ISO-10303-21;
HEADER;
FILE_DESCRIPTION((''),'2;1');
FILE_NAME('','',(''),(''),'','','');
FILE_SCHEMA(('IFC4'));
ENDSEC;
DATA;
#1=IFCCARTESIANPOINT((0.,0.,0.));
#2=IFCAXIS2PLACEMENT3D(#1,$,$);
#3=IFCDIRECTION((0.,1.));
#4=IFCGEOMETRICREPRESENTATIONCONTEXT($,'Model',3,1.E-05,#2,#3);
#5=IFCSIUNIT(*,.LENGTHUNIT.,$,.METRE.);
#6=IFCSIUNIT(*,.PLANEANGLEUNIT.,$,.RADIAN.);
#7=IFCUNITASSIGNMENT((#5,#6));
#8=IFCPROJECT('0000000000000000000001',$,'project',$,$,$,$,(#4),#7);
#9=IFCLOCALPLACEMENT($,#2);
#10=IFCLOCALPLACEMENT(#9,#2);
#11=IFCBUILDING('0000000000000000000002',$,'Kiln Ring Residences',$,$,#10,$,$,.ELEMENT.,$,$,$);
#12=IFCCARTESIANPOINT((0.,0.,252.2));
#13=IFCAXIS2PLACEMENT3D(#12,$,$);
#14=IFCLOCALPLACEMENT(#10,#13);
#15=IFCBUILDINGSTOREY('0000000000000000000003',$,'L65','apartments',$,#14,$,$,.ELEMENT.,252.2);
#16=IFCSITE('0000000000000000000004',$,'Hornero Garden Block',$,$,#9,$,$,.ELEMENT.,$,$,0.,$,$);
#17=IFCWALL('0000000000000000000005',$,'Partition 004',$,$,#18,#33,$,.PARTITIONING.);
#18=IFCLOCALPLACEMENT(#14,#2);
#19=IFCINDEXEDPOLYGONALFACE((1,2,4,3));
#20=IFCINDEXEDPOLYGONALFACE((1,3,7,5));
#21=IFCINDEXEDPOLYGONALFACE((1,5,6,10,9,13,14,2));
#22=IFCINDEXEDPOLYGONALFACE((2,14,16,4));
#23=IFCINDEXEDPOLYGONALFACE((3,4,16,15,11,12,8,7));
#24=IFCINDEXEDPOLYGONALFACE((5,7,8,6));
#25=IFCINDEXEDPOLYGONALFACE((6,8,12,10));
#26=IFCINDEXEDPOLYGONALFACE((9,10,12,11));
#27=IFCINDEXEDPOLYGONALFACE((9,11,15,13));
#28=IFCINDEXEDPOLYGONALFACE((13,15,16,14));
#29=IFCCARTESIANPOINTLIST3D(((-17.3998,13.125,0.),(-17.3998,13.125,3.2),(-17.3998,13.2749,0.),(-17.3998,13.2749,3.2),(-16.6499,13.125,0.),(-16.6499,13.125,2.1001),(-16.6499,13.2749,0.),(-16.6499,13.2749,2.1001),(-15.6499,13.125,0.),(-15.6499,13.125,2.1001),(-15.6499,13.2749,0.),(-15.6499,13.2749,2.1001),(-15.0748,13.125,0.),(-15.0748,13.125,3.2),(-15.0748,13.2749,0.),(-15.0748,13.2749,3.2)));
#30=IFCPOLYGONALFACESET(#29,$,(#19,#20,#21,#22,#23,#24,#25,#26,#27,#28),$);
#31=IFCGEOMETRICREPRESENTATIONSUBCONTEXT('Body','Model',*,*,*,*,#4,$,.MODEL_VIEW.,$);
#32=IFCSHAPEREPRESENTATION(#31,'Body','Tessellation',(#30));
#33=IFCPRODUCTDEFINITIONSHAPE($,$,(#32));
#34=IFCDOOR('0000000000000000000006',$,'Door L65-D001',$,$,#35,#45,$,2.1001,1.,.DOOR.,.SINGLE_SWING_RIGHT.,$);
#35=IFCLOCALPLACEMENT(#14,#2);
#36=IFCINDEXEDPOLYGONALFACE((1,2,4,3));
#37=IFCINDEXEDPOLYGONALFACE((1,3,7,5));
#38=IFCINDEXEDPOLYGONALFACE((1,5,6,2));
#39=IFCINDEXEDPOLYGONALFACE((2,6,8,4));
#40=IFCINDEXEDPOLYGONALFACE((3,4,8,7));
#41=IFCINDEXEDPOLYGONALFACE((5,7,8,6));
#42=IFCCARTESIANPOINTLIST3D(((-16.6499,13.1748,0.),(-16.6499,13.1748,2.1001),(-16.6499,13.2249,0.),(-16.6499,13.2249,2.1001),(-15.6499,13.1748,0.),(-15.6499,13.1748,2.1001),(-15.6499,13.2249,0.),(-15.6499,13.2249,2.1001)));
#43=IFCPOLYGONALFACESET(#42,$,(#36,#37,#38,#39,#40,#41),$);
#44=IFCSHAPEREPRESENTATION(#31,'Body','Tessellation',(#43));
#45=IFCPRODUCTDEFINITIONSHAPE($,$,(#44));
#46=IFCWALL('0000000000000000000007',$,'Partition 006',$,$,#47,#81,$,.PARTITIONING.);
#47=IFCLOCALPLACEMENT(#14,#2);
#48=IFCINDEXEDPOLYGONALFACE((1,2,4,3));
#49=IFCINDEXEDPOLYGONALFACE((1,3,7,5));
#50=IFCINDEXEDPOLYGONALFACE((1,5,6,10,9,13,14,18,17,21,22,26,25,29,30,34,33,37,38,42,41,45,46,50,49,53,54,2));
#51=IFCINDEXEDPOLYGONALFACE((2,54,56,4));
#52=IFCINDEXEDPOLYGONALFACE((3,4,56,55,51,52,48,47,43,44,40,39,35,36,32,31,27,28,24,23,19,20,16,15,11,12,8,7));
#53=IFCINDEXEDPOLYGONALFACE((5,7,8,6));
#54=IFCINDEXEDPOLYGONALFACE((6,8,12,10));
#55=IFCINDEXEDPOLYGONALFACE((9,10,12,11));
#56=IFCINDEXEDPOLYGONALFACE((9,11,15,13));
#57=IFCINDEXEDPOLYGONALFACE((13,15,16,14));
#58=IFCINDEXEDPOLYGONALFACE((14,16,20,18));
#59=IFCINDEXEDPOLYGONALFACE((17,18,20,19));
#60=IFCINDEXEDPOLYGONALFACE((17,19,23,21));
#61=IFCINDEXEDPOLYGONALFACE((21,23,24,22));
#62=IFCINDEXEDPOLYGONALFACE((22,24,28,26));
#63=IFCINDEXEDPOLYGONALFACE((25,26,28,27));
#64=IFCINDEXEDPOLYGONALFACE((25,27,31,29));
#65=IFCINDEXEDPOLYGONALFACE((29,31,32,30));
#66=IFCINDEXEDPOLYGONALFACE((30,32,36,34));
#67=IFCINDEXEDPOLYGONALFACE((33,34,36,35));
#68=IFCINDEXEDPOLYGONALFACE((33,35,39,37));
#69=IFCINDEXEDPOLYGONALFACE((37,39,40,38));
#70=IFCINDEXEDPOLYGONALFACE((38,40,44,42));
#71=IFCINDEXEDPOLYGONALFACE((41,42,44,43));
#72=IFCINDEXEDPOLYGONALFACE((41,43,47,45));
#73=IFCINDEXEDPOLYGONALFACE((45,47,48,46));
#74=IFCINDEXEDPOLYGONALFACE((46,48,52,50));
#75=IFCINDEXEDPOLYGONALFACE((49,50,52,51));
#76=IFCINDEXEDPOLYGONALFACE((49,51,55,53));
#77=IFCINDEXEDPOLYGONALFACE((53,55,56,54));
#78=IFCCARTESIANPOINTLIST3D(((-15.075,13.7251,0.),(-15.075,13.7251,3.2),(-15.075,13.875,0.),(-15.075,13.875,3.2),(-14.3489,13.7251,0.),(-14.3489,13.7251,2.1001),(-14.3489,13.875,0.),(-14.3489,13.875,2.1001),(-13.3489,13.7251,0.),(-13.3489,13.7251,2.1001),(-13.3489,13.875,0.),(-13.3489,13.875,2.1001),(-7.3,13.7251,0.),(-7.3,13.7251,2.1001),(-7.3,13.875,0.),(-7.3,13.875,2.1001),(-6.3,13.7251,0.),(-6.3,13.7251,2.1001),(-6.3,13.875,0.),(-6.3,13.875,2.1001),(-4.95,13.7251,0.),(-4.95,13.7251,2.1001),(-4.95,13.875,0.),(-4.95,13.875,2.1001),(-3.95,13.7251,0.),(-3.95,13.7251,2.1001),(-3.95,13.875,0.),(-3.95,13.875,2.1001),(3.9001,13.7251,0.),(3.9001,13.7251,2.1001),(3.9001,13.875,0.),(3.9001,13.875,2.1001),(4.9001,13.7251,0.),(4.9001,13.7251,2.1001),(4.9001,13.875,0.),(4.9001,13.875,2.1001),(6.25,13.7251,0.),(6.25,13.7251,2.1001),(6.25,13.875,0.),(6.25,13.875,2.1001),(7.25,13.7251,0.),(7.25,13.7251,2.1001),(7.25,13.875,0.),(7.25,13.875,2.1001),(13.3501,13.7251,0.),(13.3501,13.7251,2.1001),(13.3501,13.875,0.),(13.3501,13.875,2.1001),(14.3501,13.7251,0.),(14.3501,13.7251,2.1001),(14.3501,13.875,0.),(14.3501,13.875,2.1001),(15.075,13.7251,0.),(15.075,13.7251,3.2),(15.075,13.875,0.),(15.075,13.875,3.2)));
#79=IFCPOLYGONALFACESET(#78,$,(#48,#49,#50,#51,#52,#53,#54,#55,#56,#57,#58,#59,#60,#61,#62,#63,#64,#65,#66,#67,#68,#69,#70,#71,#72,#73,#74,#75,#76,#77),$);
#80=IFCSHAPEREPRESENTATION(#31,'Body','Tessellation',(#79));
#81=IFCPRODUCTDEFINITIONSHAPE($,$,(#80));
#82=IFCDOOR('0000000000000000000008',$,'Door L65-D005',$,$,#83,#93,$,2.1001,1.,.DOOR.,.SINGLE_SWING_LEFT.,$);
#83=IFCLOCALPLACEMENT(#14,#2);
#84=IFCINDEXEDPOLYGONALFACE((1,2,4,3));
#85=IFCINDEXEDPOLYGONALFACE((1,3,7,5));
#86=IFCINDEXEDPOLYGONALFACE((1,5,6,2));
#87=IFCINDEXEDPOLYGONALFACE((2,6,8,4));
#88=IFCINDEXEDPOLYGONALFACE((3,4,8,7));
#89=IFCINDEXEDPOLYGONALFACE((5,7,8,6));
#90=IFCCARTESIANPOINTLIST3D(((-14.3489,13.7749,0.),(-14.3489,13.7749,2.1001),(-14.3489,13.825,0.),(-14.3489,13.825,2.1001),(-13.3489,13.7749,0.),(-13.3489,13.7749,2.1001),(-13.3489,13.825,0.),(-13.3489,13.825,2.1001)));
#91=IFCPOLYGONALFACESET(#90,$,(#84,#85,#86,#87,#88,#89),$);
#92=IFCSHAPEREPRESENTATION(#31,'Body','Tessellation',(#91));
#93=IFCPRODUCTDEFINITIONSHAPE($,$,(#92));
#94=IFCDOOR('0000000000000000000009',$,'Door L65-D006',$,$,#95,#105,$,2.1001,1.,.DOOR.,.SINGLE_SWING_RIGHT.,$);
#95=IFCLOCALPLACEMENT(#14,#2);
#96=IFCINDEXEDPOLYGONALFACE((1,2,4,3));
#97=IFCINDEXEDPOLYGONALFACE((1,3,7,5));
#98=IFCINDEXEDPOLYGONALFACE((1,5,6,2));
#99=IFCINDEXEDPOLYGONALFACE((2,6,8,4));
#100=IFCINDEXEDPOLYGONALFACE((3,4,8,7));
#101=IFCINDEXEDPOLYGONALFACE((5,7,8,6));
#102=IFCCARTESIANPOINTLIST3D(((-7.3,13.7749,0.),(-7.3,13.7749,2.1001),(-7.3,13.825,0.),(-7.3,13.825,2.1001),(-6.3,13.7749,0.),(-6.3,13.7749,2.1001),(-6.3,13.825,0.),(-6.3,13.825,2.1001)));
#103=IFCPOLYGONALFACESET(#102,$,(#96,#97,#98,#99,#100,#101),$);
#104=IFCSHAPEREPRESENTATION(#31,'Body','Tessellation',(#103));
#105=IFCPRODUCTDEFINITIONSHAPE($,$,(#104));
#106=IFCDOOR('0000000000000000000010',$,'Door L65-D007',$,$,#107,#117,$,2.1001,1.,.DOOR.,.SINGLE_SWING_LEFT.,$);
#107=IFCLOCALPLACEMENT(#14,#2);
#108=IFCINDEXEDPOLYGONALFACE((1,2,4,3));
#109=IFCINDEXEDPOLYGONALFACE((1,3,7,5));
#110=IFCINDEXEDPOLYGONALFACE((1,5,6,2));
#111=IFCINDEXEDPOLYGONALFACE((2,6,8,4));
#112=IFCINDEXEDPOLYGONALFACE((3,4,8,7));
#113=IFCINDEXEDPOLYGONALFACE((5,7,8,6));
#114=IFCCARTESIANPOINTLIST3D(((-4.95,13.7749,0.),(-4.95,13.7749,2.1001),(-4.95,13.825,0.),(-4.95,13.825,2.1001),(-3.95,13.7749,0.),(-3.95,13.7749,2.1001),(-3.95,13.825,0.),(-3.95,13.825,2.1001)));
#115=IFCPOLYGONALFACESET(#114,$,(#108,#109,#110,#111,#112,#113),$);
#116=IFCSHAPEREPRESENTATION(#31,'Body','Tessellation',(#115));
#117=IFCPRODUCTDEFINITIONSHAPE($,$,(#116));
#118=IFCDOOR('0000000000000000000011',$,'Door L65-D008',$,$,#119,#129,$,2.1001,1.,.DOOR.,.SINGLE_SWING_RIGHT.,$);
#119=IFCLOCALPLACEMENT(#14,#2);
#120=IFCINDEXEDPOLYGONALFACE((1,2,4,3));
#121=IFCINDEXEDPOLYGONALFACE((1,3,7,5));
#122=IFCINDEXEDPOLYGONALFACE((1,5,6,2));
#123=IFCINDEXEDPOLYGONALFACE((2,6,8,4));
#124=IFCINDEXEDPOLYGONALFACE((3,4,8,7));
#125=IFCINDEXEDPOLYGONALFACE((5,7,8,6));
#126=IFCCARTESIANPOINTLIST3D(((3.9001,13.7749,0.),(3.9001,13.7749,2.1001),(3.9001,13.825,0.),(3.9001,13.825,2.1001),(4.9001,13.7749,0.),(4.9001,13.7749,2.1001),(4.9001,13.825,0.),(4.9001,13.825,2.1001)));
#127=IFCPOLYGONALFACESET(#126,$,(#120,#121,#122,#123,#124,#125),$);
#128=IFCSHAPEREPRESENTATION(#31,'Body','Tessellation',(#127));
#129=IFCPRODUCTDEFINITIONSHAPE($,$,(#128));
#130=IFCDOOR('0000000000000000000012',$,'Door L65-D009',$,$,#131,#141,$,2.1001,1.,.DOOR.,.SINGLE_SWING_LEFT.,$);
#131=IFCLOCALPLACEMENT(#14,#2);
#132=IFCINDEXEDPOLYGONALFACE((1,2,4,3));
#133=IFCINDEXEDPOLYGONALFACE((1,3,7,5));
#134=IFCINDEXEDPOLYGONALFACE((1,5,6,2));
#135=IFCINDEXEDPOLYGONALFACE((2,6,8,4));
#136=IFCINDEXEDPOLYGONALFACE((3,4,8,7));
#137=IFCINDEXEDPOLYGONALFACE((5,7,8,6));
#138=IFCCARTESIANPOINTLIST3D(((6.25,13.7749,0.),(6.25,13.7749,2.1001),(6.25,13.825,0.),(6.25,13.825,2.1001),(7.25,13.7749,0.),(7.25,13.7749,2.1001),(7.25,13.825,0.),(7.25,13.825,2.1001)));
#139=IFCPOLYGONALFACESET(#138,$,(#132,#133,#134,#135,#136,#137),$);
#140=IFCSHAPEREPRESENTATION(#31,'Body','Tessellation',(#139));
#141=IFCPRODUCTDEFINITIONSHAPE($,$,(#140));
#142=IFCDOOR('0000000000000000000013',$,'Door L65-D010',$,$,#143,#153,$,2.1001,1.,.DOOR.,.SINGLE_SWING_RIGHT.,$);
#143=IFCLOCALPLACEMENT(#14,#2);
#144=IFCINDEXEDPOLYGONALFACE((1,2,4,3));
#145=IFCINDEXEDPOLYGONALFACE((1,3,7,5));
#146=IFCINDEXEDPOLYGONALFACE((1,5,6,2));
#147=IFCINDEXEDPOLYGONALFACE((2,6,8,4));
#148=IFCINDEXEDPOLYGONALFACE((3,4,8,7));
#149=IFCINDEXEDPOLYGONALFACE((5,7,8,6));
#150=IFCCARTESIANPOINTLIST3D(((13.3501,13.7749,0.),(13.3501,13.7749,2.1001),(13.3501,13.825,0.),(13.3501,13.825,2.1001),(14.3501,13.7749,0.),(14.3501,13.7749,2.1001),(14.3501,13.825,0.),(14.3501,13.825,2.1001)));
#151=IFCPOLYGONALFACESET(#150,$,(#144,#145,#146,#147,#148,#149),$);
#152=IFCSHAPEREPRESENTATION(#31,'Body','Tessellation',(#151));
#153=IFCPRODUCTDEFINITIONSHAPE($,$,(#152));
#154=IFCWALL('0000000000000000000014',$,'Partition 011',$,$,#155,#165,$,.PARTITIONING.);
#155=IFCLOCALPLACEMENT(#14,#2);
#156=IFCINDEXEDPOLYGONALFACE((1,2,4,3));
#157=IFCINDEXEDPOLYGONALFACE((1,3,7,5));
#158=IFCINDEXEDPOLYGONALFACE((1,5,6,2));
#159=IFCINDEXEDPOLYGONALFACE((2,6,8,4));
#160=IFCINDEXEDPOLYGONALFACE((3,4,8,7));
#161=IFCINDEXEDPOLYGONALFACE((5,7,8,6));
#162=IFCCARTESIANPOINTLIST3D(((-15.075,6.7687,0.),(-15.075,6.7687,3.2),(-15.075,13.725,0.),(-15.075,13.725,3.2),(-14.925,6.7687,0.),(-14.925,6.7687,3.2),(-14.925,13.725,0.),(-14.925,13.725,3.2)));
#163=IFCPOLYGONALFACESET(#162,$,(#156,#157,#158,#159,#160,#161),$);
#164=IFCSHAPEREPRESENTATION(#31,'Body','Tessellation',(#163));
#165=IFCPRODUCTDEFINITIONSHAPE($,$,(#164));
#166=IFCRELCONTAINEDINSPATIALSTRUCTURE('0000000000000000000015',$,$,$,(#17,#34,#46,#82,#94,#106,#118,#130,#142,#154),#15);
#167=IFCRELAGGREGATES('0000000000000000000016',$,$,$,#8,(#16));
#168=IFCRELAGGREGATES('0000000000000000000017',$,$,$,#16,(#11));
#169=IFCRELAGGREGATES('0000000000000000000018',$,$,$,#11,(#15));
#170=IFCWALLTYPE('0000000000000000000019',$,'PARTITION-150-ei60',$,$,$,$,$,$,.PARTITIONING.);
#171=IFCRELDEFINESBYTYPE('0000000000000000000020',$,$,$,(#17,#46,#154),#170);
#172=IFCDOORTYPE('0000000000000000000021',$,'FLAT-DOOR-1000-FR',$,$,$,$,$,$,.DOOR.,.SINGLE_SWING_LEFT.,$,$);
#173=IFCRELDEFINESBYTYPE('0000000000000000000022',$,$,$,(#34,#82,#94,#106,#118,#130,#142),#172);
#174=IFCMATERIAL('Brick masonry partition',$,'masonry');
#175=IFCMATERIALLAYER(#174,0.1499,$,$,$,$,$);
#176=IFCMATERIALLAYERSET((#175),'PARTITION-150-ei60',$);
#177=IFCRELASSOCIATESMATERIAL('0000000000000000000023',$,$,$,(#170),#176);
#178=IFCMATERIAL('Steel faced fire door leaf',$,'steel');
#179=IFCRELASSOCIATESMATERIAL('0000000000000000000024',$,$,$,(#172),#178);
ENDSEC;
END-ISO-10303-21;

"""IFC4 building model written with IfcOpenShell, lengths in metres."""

from ifc_helpers import new_model, si_unit, direction, frame, frame_2d, origin, place, context, subcontext, project, spatial, rectangle, extrude, material, layer, layer_set, type_object, element, fill, save


model = new_model("IFC4")

# Units and contexts
model_context = context("Model", 3, precision=1e-05, world=origin(), true_north=direction((0.0, 1.0)))
body_context = subcontext(model_context, "Body", "Model", "MODEL_VIEW")
ifc_project = project(units=[si_unit("LENGTHUNIT", "METRE"), si_unit("PLANEANGLEUNIT", "RADIAN")], contexts=[model_context])

# Site, building, storey
site_placement = place(None, origin())
site = spatial("IfcSite", under=ifc_project, at=site_placement, Name="Hornero Garden Block", CompositionType="ELEMENT", RefElevation=0.0)
building_placement = place(site_placement, origin())
building = spatial("IfcBuilding", under=site, at=building_placement, Name="Kiln Ring Residences", CompositionType="ELEMENT")
storey_placement = place(building_placement, frame((0.0, 0.0, 252.2)))
storey = spatial("IfcBuildingStorey", under=building, at=storey_placement, Name="L65", Description="apartments", CompositionType="ELEMENT", Elevation=252.2)

# Wall, opening, door
ifc_material_1 = material(Name="Brick masonry partition", Category="masonry")
ifc_layer_1 = layer(ifc_material_1, 0.1499)
ifc_layer_set_1 = layer_set([ifc_layer_1], Name="PARTITION-150-ei60")
wall_type_1 = type_object("IfcWallType", Name="PARTITION-150-ei60", PredefinedType="PARTITIONING", material=ifc_layer_set_1)
wall_1_placement = place(storey_placement, frame((-17.3999, 13.2, 0.0), z_axis=(0.0, 0.0, 1.0), x_axis=(1.0, 0.0, 0.0)))
wall_1 = element("IfcWall", 1, at=wall_1_placement, inside=storey, type_object=wall_type_1, Name="Partition 004", PredefinedType="PARTITIONING", context=body_context, shape_type="SweptSolid", body=[
    extrude(rectangle(XDim=2.325, YDim=0.1499, at=frame_2d((1.1626, 0.0))), origin(), (0.0, 0.0, 1.0), 3.2),
])
opening_1_placement = place(wall_1_placement, frame((0.75, 0.0, 0.0)))
opening_1 = element("IfcOpeningElement", 2, at=opening_1_placement, cuts=wall_1, PredefinedType="OPENING", context=body_context, shape_type="SweptSolid", body=[
    extrude(rectangle(XDim=1.0, YDim=2.1001, at=frame_2d((0.5, 1.05))), frame((0.0, 0.085, 0.0), z_axis=(0.0, -1.0, 0.0), x_axis=(1.0, 0.0, 0.0)), (0.0, 0.0, 1.0), 0.1699),
])
ifc_material_2 = material(Name="Steel faced fire door leaf", Category="steel")
door_type_1 = type_object("IfcDoorType", Name="FLAT-DOOR-1000-FR", OperationType="SINGLE_SWING_LEFT", PredefinedType="DOOR", material=ifc_material_2)
door_1_placement = place(opening_1_placement, origin())
door_1 = element("IfcDoor", 3, at=door_1_placement, inside=storey, type_object=door_type_1, Name="Door L65-D001", OperationType="SINGLE_SWING_RIGHT", OverallHeight=2.1001, OverallWidth=1.0, PredefinedType="DOOR", context=body_context, shape_type="SweptSolid", body=[
    extrude(rectangle(XDim=1.0, YDim=2.1001, at=frame_2d((0.5, 1.05))), frame((0.0, 0.0249, 0.0), z_axis=(0.0, -1.0, 0.0), x_axis=(1.0, 0.0, 0.0)), (0.0, 0.0, 1.0), 0.05),
])
fill(opening_1, door_1)

# Wall, openings, doors
wall_2_placement = place(storey_placement, frame((-15.075, 13.8, 0.0), z_axis=(0.0, 0.0, 1.0), x_axis=(1.0, 0.0, 0.0)))
wall_2 = element("IfcWall", 4, at=wall_2_placement, inside=storey, type_object=wall_type_1, Name="Partition 006", PredefinedType="PARTITIONING", context=body_context, shape_type="SweptSolid", body=[
    extrude(rectangle(XDim=30.1499, YDim=0.1499, at=frame_2d((15.075, 0.0))), origin(), (0.0, 0.0, 1.0), 3.2),
])
opening_2_placement = place(wall_2_placement, frame((0.7261, 0.0, 0.0)))
opening_2 = element("IfcOpeningElement", 5, at=opening_2_placement, cuts=wall_2, PredefinedType="OPENING", context=body_context, shape_type="SweptSolid", body=[
    extrude(rectangle(XDim=1.0, YDim=2.1001, at=frame_2d((0.5, 1.05))), frame((0.0, 0.085, 0.0), z_axis=(0.0, -1.0, 0.0), x_axis=(1.0, 0.0, 0.0)), (0.0, 0.0, 1.0), 0.1699),
])
opening_3_placement = place(wall_2_placement, frame((7.7749, 0.0, 0.0)))
opening_3 = element("IfcOpeningElement", 6, at=opening_3_placement, cuts=wall_2, PredefinedType="OPENING", context=body_context, shape_type="SweptSolid", body=[
    extrude(rectangle(XDim=1.0, YDim=2.1001, at=frame_2d((0.5, 1.05))), frame((0.0, 0.085, 0.0), z_axis=(0.0, -1.0, 0.0), x_axis=(1.0, 0.0, 0.0)), (0.0, 0.0, 1.0), 0.1699),
])
opening_4_placement = place(wall_2_placement, frame((10.125, 0.0, 0.0)))
opening_4 = element("IfcOpeningElement", 7, at=opening_4_placement, cuts=wall_2, PredefinedType="OPENING", context=body_context, shape_type="SweptSolid", body=[
    extrude(rectangle(XDim=1.0, YDim=2.1001, at=frame_2d((0.5, 1.05))), frame((0.0, 0.085, 0.0), z_axis=(0.0, -1.0, 0.0), x_axis=(1.0, 0.0, 0.0)), (0.0, 0.0, 1.0), 0.1699),
])
opening_5_placement = place(wall_2_placement, frame((18.9751, 0.0, 0.0)))
opening_5 = element("IfcOpeningElement", 8, at=opening_5_placement, cuts=wall_2, PredefinedType="OPENING", context=body_context, shape_type="SweptSolid", body=[
    extrude(rectangle(XDim=1.0, YDim=2.1001, at=frame_2d((0.5, 1.05))), frame((0.0, 0.085, 0.0), z_axis=(0.0, -1.0, 0.0), x_axis=(1.0, 0.0, 0.0)), (0.0, 0.0, 1.0), 0.1699),
])
opening_6_placement = place(wall_2_placement, frame((21.325, 0.0, 0.0)))
opening_6 = element("IfcOpeningElement", 9, at=opening_6_placement, cuts=wall_2, PredefinedType="OPENING", context=body_context, shape_type="SweptSolid", body=[
    extrude(rectangle(XDim=1.0, YDim=2.1001, at=frame_2d((0.5, 1.05))), frame((0.0, 0.085, 0.0), z_axis=(0.0, -1.0, 0.0), x_axis=(1.0, 0.0, 0.0)), (0.0, 0.0, 1.0), 0.1699),
])
opening_7_placement = place(wall_2_placement, frame((28.425, 0.0, 0.0)))
opening_7 = element("IfcOpeningElement", 10, at=opening_7_placement, cuts=wall_2, PredefinedType="OPENING", context=body_context, shape_type="SweptSolid", body=[
    extrude(rectangle(XDim=1.0, YDim=2.1001, at=frame_2d((0.5, 1.05))), frame((0.0, 0.085, 0.0), z_axis=(0.0, -1.0, 0.0), x_axis=(1.0, 0.0, 0.0)), (0.0, 0.0, 1.0), 0.1699),
])
door_2_placement = place(opening_2_placement, origin())
door_2 = element("IfcDoor", 11, at=door_2_placement, inside=storey, type_object=door_type_1, Name="Door L65-D005", OperationType="SINGLE_SWING_LEFT", OverallHeight=2.1001, OverallWidth=1.0, PredefinedType="DOOR", context=body_context, shape_type="SweptSolid", body=[
    extrude(rectangle(XDim=1.0, YDim=2.1001, at=frame_2d((0.5, 1.05))), frame((0.0, 0.0249, 0.0), z_axis=(0.0, -1.0, 0.0), x_axis=(1.0, 0.0, 0.0)), (0.0, 0.0, 1.0), 0.05),
])
fill(opening_2, door_2)
door_3_placement = place(opening_3_placement, origin())
door_3 = element("IfcDoor", 12, at=door_3_placement, inside=storey, type_object=door_type_1, Name="Door L65-D006", OperationType="SINGLE_SWING_RIGHT", OverallHeight=2.1001, OverallWidth=1.0, PredefinedType="DOOR", context=body_context, shape_type="SweptSolid", body=[
    extrude(rectangle(XDim=1.0, YDim=2.1001, at=frame_2d((0.5, 1.05))), frame((0.0, 0.0249, 0.0), z_axis=(0.0, -1.0, 0.0), x_axis=(1.0, 0.0, 0.0)), (0.0, 0.0, 1.0), 0.05),
])
fill(opening_3, door_3)
door_4_placement = place(opening_4_placement, origin())
door_4 = element("IfcDoor", 13, at=door_4_placement, inside=storey, type_object=door_type_1, Name="Door L65-D007", OperationType="SINGLE_SWING_LEFT", OverallHeight=2.1001, OverallWidth=1.0, PredefinedType="DOOR", context=body_context, shape_type="SweptSolid", body=[
    extrude(rectangle(XDim=1.0, YDim=2.1001, at=frame_2d((0.5, 1.05))), frame((0.0, 0.0249, 0.0), z_axis=(0.0, -1.0, 0.0), x_axis=(1.0, 0.0, 0.0)), (0.0, 0.0, 1.0), 0.05),
])
fill(opening_4, door_4)
door_5_placement = place(opening_5_placement, origin())
door_5 = element("IfcDoor", 14, at=door_5_placement, inside=storey, type_object=door_type_1, Name="Door L65-D008", OperationType="SINGLE_SWING_RIGHT", OverallHeight=2.1001, OverallWidth=1.0, PredefinedType="DOOR", context=body_context, shape_type="SweptSolid", body=[
    extrude(rectangle(XDim=1.0, YDim=2.1001, at=frame_2d((0.5, 1.05))), frame((0.0, 0.0249, 0.0), z_axis=(0.0, -1.0, 0.0), x_axis=(1.0, 0.0, 0.0)), (0.0, 0.0, 1.0), 0.05),
])
fill(opening_5, door_5)
door_6_placement = place(opening_6_placement, origin())
door_6 = element("IfcDoor", 15, at=door_6_placement, inside=storey, type_object=door_type_1, Name="Door L65-D009", OperationType="SINGLE_SWING_LEFT", OverallHeight=2.1001, OverallWidth=1.0, PredefinedType="DOOR", context=body_context, shape_type="SweptSolid", body=[
    extrude(rectangle(XDim=1.0, YDim=2.1001, at=frame_2d((0.5, 1.05))), frame((0.0, 0.0249, 0.0), z_axis=(0.0, -1.0, 0.0), x_axis=(1.0, 0.0, 0.0)), (0.0, 0.0, 1.0), 0.05),
])
fill(opening_6, door_6)
door_7_placement = place(opening_7_placement, origin())
door_7 = element("IfcDoor", 16, at=door_7_placement, inside=storey, type_object=door_type_1, Name="Door L65-D010", OperationType="SINGLE_SWING_RIGHT", OverallHeight=2.1001, OverallWidth=1.0, PredefinedType="DOOR", context=body_context, shape_type="SweptSolid", body=[
    extrude(rectangle(XDim=1.0, YDim=2.1001, at=frame_2d((0.5, 1.05))), frame((0.0, 0.0249, 0.0), z_axis=(0.0, -1.0, 0.0), x_axis=(1.0, 0.0, 0.0)), (0.0, 0.0, 1.0), 0.05),
])
fill(opening_7, door_7)

# Wall
wall_3_placement = place(storey_placement, frame((-15.0, 6.7688, 0.0), z_axis=(0.0, 0.0, 1.0), x_axis=(0.0, 1.0, 0.0)))
element("IfcWall", 17, at=wall_3_placement, inside=storey, type_object=wall_type_1, Name="Partition 011", PredefinedType="PARTITIONING", context=body_context, shape_type="SweptSolid", body=[
    extrude(rectangle(XDim=6.9563, YDim=0.1499, at=frame_2d((3.478, 0.0))), origin(), (0.0, 0.0, 1.0), 3.2),
])

save(model, "model.ifc")
